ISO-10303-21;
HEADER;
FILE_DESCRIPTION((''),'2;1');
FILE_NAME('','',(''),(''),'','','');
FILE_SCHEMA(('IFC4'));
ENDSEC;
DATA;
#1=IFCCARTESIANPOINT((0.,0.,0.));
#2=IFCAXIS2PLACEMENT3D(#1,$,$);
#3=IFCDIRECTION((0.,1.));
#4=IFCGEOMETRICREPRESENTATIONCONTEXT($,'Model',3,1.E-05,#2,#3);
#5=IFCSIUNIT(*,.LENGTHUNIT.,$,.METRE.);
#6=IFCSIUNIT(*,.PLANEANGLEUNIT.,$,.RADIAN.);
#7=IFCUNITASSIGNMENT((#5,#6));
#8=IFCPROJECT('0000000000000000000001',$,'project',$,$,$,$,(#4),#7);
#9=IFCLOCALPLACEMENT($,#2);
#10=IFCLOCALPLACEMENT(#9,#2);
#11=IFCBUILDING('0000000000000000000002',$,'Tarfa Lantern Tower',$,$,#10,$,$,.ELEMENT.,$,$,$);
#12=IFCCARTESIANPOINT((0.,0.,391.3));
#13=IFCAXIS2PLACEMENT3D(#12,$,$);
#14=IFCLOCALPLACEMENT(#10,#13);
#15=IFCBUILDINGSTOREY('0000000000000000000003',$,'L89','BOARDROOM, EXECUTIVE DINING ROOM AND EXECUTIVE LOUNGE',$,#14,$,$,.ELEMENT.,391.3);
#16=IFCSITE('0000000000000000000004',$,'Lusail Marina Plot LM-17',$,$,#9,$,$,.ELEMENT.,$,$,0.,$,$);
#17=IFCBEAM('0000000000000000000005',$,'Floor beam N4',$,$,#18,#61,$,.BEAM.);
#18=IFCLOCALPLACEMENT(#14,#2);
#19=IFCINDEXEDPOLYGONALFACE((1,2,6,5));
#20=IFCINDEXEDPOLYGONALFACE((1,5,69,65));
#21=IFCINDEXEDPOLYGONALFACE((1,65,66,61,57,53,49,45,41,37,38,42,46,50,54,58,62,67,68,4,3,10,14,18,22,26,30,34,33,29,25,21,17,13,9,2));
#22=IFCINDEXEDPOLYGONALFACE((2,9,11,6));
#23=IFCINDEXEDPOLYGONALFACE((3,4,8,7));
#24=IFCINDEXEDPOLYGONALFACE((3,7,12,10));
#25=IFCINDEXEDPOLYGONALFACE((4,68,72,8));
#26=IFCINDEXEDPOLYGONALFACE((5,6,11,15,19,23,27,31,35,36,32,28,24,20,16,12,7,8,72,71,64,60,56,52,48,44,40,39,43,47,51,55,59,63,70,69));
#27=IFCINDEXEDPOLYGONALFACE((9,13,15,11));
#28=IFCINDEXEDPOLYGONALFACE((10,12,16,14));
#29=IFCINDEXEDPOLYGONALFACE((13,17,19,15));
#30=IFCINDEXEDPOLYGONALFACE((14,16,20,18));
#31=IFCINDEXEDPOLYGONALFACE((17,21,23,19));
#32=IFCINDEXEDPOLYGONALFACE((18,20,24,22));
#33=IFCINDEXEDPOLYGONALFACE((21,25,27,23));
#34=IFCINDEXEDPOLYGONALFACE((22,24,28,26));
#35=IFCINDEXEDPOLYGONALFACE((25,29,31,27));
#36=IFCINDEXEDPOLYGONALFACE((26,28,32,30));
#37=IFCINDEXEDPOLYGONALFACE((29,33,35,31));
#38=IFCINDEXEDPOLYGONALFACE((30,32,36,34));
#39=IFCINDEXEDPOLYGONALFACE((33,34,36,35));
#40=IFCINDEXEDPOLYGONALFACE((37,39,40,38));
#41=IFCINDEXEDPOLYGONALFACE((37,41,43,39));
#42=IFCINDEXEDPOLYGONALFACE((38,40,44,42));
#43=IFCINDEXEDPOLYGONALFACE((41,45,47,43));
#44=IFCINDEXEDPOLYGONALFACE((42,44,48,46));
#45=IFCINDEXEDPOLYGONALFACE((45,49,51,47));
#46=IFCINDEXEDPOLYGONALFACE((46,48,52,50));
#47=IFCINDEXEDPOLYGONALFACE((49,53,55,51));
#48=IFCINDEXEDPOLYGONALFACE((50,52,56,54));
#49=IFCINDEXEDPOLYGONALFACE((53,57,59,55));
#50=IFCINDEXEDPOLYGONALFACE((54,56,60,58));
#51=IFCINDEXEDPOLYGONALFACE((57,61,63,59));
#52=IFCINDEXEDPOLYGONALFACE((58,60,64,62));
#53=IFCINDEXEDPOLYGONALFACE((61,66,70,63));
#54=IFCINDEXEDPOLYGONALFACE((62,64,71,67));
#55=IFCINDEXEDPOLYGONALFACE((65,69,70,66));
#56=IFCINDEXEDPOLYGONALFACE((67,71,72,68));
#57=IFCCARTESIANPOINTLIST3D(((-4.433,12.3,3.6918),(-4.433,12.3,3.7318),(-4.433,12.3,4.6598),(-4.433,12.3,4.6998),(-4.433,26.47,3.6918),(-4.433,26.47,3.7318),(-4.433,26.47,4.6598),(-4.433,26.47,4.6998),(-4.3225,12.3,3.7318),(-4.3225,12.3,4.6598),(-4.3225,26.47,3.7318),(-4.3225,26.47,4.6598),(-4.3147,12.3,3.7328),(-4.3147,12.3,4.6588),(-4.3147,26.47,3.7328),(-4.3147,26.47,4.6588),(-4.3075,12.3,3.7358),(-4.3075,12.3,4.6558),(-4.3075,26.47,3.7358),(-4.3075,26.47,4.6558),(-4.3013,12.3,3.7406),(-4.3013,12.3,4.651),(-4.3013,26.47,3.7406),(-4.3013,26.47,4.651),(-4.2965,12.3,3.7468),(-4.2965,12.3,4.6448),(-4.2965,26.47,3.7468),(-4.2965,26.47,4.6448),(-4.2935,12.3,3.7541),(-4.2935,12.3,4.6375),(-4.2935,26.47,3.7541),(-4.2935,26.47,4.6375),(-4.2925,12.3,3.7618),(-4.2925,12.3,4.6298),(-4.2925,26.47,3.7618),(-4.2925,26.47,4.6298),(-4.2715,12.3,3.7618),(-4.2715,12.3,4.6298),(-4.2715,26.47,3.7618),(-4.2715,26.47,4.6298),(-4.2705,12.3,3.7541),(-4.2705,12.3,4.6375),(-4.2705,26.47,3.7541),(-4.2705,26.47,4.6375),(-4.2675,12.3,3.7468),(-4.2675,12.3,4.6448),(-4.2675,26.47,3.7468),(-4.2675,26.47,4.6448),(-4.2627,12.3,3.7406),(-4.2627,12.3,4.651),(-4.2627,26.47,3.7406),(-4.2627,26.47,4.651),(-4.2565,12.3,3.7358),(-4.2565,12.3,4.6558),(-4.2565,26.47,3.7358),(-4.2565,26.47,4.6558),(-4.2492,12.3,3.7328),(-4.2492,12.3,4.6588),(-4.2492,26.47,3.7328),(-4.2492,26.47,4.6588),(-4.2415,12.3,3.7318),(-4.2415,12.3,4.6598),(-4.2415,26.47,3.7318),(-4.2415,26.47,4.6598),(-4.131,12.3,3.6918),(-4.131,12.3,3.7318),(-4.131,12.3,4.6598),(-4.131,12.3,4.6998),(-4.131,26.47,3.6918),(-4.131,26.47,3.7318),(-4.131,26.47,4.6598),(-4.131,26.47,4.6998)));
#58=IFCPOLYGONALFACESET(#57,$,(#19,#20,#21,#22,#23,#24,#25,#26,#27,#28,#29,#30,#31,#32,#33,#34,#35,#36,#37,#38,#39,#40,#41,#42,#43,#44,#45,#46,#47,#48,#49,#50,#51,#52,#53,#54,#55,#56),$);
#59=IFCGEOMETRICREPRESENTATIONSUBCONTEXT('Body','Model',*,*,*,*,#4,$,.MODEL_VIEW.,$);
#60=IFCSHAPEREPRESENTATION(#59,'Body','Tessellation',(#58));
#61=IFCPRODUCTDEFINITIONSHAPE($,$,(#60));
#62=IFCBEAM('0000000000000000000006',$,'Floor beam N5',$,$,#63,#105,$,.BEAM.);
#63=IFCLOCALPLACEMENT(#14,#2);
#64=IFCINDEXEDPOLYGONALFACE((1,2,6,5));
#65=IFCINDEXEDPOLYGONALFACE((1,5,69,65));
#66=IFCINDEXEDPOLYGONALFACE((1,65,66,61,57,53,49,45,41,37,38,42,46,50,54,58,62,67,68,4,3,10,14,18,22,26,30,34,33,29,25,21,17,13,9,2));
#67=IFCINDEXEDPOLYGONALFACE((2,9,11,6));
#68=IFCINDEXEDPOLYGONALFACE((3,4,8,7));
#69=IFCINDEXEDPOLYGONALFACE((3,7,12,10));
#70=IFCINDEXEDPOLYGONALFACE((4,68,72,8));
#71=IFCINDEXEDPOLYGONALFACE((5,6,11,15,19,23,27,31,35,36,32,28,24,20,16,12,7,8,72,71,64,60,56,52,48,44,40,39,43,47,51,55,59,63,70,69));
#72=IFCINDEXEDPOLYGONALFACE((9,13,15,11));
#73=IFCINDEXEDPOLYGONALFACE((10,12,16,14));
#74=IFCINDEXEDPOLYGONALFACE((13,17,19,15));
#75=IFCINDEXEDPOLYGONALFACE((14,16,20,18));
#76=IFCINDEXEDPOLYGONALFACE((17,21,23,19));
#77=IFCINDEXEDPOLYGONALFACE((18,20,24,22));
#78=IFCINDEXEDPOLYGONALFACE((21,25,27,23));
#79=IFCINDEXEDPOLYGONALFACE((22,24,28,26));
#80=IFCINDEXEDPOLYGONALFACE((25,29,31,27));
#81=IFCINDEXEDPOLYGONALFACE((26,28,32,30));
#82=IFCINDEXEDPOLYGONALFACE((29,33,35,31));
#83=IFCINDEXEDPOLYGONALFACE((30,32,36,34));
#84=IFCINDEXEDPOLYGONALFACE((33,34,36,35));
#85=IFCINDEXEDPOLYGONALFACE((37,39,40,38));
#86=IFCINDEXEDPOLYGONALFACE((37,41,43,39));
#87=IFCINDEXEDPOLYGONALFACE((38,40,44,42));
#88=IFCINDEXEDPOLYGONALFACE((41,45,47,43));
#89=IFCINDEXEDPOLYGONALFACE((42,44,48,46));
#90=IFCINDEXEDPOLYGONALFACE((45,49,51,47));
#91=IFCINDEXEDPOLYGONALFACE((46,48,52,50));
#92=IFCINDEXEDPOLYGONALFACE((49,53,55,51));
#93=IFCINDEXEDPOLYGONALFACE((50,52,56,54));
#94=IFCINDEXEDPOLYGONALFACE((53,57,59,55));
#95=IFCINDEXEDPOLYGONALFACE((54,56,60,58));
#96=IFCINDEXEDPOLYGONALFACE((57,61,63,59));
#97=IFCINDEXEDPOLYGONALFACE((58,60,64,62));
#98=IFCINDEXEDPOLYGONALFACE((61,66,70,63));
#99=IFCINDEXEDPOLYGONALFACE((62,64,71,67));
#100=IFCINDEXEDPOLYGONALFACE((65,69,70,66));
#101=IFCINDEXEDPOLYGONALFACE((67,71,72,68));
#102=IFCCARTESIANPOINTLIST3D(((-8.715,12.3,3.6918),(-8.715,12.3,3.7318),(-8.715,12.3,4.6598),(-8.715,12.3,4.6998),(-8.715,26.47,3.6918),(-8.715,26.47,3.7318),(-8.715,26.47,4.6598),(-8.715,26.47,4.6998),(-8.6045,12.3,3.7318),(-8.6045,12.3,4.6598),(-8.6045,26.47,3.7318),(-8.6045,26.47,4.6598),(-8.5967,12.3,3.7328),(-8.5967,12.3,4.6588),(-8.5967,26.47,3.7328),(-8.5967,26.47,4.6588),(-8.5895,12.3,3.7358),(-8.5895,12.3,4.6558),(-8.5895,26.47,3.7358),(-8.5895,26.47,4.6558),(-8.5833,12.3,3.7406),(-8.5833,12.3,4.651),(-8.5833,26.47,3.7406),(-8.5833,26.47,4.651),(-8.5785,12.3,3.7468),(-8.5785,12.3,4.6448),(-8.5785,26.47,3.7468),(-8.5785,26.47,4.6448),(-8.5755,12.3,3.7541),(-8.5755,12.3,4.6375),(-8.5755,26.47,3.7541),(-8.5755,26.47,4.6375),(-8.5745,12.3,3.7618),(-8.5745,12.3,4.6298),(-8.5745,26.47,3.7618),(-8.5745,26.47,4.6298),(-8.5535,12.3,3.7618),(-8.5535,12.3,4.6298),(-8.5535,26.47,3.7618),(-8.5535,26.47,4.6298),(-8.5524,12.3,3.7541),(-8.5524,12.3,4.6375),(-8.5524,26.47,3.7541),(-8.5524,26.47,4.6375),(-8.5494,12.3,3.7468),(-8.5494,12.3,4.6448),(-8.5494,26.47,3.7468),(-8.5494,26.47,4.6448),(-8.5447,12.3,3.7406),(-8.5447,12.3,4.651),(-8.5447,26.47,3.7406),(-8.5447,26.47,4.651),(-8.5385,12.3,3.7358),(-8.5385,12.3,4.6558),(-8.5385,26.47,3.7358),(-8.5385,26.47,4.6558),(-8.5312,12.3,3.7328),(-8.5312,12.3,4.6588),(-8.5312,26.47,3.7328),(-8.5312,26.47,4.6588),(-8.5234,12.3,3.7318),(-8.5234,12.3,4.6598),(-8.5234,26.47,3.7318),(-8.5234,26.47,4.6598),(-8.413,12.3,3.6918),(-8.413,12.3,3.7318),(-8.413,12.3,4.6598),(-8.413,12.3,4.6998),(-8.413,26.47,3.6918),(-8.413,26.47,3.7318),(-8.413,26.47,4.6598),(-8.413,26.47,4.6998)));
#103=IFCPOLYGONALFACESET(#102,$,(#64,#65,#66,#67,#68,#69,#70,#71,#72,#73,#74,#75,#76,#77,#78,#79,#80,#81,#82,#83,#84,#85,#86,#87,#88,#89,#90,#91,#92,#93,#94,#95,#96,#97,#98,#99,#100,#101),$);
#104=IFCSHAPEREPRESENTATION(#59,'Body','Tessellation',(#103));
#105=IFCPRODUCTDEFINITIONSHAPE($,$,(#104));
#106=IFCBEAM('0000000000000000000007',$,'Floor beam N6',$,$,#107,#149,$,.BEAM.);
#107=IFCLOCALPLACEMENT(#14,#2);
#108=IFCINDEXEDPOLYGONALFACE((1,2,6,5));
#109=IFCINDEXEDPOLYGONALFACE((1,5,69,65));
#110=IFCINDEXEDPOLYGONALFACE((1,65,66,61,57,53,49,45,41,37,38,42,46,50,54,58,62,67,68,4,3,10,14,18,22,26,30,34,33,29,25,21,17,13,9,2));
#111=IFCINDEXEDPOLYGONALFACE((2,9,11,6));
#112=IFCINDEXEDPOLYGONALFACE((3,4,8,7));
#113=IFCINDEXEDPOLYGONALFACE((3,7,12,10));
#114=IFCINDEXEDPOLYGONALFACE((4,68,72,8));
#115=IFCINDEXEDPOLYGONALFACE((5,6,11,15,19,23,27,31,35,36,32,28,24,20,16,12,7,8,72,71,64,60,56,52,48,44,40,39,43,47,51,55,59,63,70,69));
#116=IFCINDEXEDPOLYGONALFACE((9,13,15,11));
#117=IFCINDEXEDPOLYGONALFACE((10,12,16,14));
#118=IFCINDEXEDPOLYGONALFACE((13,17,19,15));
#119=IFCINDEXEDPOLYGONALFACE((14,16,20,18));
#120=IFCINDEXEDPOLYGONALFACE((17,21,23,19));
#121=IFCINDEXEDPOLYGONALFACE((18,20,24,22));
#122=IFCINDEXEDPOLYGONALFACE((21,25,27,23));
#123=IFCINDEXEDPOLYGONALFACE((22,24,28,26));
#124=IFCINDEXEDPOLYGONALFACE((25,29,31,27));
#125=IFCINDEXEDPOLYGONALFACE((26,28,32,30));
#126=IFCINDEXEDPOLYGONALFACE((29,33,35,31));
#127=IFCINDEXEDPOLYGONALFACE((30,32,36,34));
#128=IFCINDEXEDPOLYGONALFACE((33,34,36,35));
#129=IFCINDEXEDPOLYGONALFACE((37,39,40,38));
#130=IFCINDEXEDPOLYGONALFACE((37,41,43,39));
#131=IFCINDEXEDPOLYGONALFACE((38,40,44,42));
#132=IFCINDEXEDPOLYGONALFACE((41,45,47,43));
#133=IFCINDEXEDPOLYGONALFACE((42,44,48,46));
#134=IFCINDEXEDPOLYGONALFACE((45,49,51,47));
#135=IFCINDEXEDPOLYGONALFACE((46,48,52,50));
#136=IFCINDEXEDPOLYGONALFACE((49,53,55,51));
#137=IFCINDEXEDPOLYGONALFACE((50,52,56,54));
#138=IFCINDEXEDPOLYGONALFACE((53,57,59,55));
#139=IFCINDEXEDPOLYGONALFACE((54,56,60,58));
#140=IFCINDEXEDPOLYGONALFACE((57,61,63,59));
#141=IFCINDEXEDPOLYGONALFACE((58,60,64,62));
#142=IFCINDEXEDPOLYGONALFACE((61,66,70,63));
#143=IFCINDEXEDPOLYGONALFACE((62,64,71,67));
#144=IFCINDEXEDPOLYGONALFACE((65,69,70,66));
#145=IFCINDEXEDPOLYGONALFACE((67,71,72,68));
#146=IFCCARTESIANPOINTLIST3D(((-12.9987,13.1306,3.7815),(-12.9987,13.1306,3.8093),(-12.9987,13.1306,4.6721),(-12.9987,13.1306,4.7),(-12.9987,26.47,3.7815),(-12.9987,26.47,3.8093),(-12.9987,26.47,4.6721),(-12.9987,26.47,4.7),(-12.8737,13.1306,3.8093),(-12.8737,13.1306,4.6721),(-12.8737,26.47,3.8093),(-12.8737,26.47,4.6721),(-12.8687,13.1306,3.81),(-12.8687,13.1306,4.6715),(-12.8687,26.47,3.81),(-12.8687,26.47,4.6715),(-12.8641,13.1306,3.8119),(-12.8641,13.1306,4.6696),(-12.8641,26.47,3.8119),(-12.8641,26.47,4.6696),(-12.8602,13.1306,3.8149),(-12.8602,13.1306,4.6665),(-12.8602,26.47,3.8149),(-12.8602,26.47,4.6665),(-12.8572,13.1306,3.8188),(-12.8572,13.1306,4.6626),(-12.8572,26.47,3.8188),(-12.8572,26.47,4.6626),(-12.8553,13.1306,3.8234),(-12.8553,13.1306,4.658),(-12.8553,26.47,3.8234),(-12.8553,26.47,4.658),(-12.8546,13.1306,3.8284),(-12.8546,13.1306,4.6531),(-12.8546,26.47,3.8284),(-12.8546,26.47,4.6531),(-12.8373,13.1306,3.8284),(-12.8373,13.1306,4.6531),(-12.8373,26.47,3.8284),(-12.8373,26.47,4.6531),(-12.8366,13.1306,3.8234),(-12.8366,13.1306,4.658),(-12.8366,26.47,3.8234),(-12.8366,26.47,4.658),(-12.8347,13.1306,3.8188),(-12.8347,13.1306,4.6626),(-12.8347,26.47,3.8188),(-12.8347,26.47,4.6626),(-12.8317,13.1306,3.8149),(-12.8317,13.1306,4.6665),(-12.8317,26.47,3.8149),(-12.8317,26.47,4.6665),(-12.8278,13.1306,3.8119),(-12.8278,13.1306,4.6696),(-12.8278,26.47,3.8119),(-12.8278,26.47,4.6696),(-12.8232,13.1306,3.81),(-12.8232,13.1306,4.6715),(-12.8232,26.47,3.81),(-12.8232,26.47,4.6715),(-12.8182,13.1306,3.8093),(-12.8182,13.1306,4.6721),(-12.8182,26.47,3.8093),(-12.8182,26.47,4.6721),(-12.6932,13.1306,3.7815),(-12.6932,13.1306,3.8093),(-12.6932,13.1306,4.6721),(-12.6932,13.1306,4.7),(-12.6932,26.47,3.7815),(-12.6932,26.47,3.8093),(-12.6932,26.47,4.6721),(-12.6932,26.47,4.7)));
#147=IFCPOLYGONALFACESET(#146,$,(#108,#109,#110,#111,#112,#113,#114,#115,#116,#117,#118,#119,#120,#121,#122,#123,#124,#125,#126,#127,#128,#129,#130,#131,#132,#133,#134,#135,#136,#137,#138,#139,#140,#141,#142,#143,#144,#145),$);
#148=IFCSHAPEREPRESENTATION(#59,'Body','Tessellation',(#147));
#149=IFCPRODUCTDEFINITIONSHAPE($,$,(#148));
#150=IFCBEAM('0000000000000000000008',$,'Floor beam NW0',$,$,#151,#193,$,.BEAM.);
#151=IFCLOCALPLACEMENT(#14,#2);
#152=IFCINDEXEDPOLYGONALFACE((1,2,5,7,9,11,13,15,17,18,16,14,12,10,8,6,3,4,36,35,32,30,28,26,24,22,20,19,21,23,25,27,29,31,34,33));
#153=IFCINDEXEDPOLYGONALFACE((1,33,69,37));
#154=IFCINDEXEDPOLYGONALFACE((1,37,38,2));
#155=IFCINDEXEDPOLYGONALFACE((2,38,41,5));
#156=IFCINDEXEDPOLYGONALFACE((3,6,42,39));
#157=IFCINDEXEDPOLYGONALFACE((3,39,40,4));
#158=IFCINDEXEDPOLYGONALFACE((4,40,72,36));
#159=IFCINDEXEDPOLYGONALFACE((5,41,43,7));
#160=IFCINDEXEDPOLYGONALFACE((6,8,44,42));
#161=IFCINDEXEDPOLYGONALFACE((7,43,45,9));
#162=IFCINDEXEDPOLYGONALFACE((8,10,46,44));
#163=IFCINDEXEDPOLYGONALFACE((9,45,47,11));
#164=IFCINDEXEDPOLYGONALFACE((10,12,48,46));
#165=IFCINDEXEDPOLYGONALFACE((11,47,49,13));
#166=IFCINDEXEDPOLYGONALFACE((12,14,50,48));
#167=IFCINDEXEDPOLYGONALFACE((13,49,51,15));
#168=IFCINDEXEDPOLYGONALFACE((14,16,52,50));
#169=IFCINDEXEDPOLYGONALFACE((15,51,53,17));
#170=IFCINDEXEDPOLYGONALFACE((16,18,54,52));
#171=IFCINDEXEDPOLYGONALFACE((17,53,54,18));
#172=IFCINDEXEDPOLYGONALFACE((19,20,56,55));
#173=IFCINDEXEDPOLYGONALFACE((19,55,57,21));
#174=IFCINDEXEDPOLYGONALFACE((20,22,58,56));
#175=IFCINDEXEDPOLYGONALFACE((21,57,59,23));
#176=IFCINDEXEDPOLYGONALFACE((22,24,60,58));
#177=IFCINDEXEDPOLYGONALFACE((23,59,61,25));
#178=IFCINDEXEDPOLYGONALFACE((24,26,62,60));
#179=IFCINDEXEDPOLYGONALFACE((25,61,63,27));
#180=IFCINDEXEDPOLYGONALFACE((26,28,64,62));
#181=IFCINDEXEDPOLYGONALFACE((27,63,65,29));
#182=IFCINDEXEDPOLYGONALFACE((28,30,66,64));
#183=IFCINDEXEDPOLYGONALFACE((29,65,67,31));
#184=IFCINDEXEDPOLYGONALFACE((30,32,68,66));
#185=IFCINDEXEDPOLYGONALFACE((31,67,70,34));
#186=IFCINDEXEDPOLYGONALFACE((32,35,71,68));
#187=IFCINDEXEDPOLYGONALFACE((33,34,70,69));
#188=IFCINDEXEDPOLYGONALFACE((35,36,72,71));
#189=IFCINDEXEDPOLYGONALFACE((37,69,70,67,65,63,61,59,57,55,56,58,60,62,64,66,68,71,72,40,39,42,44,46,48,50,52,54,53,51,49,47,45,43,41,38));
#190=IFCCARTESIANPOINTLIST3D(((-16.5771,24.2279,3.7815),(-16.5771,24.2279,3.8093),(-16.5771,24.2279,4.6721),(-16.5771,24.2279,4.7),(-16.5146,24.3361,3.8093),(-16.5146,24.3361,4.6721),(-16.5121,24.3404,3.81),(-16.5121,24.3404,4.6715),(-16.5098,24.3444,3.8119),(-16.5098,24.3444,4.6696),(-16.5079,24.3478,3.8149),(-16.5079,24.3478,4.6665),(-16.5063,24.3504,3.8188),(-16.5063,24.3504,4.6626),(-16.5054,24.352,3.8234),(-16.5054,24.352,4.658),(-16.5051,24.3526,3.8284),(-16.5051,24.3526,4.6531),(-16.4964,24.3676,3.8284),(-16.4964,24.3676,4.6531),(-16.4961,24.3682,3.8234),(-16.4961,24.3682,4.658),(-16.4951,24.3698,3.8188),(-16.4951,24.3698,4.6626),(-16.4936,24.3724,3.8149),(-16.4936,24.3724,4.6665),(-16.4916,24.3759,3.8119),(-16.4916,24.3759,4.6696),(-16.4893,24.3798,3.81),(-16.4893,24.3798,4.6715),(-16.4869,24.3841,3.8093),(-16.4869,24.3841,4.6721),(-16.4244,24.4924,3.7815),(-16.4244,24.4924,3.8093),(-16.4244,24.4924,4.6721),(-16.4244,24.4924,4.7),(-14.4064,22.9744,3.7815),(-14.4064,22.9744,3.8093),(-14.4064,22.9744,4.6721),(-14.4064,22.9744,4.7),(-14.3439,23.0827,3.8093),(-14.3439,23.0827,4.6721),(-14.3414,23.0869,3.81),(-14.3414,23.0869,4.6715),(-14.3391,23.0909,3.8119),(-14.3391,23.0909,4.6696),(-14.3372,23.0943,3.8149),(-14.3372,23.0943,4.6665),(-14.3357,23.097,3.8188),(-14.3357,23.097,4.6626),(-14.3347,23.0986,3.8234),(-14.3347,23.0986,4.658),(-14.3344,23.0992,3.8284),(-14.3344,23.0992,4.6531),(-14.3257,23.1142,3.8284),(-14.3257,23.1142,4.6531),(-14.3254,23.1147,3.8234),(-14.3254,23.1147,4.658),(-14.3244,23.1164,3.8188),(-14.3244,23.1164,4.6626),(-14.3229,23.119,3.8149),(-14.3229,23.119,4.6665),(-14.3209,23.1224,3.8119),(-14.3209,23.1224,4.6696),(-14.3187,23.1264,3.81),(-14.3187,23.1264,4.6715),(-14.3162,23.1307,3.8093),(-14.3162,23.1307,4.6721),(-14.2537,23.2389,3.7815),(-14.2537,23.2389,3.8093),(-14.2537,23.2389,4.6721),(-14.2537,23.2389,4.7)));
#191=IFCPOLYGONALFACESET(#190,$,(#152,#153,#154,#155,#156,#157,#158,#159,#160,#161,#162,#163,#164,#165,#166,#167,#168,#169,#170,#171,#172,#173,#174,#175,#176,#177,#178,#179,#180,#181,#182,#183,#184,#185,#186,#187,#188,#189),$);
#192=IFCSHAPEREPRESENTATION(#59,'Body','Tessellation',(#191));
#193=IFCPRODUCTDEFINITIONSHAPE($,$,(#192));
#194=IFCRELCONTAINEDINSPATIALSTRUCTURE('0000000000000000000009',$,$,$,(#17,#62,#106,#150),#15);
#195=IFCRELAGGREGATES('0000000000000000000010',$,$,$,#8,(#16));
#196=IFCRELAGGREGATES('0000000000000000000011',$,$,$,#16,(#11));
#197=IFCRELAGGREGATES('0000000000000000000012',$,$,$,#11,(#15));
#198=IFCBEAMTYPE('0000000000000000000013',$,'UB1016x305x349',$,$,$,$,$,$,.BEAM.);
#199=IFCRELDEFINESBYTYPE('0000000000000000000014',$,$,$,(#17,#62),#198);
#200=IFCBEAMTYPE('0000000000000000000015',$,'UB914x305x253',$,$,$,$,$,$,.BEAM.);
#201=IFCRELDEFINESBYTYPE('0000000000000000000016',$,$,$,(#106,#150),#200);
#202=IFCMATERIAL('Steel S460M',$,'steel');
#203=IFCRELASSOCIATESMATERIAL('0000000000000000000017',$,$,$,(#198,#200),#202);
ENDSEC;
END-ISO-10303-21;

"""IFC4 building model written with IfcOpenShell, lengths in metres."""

from ifc_helpers import new_model, si_unit, direction, frame, origin, origin_2d, place, context, subcontext, project, spatial, i_section, extrude, material, material_profile, profile_set, type_object, element, save


model = new_model("IFC4")

# Units and contexts
model_context = context("Model", 3, precision=1e-05, world=origin(), true_north=direction((0.0, 1.0)))
body_context = subcontext(model_context, "Body", "Model", "MODEL_VIEW")
ifc_project = project(units=[si_unit("LENGTHUNIT", "METRE"), si_unit("PLANEANGLEUNIT", "RADIAN")], contexts=[model_context])

# Site, building, storey
site_placement = place(None, origin())
site = spatial("IfcSite", under=ifc_project, at=site_placement, Name="Lusail Marina Plot LM-17", CompositionType="ELEMENT", RefElevation=0.0)
building_placement = place(site_placement, origin())
building = spatial("IfcBuilding", under=site, at=building_placement, Name="Tarfa Lantern Tower", CompositionType="ELEMENT")
storey_placement = place(building_placement, frame((0.0, 0.0, 391.3)))
storey = spatial("IfcBuildingStorey", under=building, at=storey_placement, Name="L89", Description="BOARDROOM, EXECUTIVE DINING ROOM AND EXECUTIVE LOUNGE", CompositionType="ELEMENT", Elevation=391.3)

# Beams
ifc_material_1 = material(Name="Steel S460M", Category="steel")
ifc_material_profile_1 = material_profile(ifc_material_1, i_section(OverallWidth=0.302, OverallDepth=1.0081, WebThickness=0.021, FlangeThickness=0.04, FilletRadius=0.03, at=origin_2d()), Name="UB1016x305x349")
ifc_profile_set_1 = profile_set([ifc_material_profile_1], Name="Steel S460M")
beam_type_1 = type_object("IfcBeamType", Name="UB1016x305x349", PredefinedType="BEAM", material=ifc_profile_set_1)
for number, where, z_axis, x_axis, name in (
    (1, (-4.282, 26.47, 4.1958), (0.0, -1.0, 0.0), (1.0, 0.0, 0.0), "Floor beam N4"),
    (2, (-8.564, 26.47, 4.1958), (0.0, -1.0, 0.0), (1.0, 0.0, 0.0), "Floor beam N5"),
):
    element("IfcBeam", number, at=place(storey_placement, frame(where, z_axis=z_axis, x_axis=x_axis)), inside=storey, type_object=beam_type_1, Name=name, PredefinedType="BEAM", context=body_context, shape_type="SweptSolid", body=[
        extrude(i_section(OverallWidth=0.302, OverallDepth=1.0081, WebThickness=0.021, FlangeThickness=0.04, FilletRadius=0.03, at=origin_2d()), origin(), (0.0, 0.0, 1.0), 14.1699),
    ])
ifc_material_profile_2 = material_profile(ifc_material_1, i_section(OverallWidth=0.3054, OverallDepth=0.9185, WebThickness=0.0173, FlangeThickness=0.0278, FilletRadius=0.019, at=origin_2d()), Name="UB914x305x253")
ifc_profile_set_2 = profile_set([ifc_material_profile_2], Name="Steel S460M")
beam_type_2 = type_object("IfcBeamType", Name="UB914x305x253", PredefinedType="BEAM", material=ifc_profile_set_2)
beam_1_placement = place(storey_placement, frame((-12.8459, 26.47, 4.2407), z_axis=(0.0, -1.0, 0.0), x_axis=(1.0, 0.0, 0.0)))
element("IfcBeam", 3, at=beam_1_placement, inside=storey, type_object=beam_type_2, Name="Floor beam N6", PredefinedType="BEAM", context=body_context, shape_type="SweptSolid", body=[
    extrude(i_section(OverallWidth=0.3054, OverallDepth=0.9185, WebThickness=0.0173, FlangeThickness=0.0278, FilletRadius=0.019, at=origin_2d()), origin(), (0.0, 0.0, 1.0), 13.3394),
])
beam_2_placement = place(storey_placement, frame((-16.5007, 24.3601, 4.2407), z_axis=(0.865993, -0.500057, 0.0), x_axis=(0.500057, 0.865993, 0.0)))
element("IfcBeam", 4, at=beam_2_placement, inside=storey, type_object=beam_type_2, Name="Floor beam NW0", PredefinedType="BEAM", context=body_context, shape_type="SweptSolid", body=[
    extrude(i_section(OverallWidth=0.3054, OverallDepth=0.9185, WebThickness=0.0173, FlangeThickness=0.0278, FilletRadius=0.019, at=origin_2d()), origin(), (0.0, 0.0, 1.0), 2.5066),
])

save(model, "model.ifc")
